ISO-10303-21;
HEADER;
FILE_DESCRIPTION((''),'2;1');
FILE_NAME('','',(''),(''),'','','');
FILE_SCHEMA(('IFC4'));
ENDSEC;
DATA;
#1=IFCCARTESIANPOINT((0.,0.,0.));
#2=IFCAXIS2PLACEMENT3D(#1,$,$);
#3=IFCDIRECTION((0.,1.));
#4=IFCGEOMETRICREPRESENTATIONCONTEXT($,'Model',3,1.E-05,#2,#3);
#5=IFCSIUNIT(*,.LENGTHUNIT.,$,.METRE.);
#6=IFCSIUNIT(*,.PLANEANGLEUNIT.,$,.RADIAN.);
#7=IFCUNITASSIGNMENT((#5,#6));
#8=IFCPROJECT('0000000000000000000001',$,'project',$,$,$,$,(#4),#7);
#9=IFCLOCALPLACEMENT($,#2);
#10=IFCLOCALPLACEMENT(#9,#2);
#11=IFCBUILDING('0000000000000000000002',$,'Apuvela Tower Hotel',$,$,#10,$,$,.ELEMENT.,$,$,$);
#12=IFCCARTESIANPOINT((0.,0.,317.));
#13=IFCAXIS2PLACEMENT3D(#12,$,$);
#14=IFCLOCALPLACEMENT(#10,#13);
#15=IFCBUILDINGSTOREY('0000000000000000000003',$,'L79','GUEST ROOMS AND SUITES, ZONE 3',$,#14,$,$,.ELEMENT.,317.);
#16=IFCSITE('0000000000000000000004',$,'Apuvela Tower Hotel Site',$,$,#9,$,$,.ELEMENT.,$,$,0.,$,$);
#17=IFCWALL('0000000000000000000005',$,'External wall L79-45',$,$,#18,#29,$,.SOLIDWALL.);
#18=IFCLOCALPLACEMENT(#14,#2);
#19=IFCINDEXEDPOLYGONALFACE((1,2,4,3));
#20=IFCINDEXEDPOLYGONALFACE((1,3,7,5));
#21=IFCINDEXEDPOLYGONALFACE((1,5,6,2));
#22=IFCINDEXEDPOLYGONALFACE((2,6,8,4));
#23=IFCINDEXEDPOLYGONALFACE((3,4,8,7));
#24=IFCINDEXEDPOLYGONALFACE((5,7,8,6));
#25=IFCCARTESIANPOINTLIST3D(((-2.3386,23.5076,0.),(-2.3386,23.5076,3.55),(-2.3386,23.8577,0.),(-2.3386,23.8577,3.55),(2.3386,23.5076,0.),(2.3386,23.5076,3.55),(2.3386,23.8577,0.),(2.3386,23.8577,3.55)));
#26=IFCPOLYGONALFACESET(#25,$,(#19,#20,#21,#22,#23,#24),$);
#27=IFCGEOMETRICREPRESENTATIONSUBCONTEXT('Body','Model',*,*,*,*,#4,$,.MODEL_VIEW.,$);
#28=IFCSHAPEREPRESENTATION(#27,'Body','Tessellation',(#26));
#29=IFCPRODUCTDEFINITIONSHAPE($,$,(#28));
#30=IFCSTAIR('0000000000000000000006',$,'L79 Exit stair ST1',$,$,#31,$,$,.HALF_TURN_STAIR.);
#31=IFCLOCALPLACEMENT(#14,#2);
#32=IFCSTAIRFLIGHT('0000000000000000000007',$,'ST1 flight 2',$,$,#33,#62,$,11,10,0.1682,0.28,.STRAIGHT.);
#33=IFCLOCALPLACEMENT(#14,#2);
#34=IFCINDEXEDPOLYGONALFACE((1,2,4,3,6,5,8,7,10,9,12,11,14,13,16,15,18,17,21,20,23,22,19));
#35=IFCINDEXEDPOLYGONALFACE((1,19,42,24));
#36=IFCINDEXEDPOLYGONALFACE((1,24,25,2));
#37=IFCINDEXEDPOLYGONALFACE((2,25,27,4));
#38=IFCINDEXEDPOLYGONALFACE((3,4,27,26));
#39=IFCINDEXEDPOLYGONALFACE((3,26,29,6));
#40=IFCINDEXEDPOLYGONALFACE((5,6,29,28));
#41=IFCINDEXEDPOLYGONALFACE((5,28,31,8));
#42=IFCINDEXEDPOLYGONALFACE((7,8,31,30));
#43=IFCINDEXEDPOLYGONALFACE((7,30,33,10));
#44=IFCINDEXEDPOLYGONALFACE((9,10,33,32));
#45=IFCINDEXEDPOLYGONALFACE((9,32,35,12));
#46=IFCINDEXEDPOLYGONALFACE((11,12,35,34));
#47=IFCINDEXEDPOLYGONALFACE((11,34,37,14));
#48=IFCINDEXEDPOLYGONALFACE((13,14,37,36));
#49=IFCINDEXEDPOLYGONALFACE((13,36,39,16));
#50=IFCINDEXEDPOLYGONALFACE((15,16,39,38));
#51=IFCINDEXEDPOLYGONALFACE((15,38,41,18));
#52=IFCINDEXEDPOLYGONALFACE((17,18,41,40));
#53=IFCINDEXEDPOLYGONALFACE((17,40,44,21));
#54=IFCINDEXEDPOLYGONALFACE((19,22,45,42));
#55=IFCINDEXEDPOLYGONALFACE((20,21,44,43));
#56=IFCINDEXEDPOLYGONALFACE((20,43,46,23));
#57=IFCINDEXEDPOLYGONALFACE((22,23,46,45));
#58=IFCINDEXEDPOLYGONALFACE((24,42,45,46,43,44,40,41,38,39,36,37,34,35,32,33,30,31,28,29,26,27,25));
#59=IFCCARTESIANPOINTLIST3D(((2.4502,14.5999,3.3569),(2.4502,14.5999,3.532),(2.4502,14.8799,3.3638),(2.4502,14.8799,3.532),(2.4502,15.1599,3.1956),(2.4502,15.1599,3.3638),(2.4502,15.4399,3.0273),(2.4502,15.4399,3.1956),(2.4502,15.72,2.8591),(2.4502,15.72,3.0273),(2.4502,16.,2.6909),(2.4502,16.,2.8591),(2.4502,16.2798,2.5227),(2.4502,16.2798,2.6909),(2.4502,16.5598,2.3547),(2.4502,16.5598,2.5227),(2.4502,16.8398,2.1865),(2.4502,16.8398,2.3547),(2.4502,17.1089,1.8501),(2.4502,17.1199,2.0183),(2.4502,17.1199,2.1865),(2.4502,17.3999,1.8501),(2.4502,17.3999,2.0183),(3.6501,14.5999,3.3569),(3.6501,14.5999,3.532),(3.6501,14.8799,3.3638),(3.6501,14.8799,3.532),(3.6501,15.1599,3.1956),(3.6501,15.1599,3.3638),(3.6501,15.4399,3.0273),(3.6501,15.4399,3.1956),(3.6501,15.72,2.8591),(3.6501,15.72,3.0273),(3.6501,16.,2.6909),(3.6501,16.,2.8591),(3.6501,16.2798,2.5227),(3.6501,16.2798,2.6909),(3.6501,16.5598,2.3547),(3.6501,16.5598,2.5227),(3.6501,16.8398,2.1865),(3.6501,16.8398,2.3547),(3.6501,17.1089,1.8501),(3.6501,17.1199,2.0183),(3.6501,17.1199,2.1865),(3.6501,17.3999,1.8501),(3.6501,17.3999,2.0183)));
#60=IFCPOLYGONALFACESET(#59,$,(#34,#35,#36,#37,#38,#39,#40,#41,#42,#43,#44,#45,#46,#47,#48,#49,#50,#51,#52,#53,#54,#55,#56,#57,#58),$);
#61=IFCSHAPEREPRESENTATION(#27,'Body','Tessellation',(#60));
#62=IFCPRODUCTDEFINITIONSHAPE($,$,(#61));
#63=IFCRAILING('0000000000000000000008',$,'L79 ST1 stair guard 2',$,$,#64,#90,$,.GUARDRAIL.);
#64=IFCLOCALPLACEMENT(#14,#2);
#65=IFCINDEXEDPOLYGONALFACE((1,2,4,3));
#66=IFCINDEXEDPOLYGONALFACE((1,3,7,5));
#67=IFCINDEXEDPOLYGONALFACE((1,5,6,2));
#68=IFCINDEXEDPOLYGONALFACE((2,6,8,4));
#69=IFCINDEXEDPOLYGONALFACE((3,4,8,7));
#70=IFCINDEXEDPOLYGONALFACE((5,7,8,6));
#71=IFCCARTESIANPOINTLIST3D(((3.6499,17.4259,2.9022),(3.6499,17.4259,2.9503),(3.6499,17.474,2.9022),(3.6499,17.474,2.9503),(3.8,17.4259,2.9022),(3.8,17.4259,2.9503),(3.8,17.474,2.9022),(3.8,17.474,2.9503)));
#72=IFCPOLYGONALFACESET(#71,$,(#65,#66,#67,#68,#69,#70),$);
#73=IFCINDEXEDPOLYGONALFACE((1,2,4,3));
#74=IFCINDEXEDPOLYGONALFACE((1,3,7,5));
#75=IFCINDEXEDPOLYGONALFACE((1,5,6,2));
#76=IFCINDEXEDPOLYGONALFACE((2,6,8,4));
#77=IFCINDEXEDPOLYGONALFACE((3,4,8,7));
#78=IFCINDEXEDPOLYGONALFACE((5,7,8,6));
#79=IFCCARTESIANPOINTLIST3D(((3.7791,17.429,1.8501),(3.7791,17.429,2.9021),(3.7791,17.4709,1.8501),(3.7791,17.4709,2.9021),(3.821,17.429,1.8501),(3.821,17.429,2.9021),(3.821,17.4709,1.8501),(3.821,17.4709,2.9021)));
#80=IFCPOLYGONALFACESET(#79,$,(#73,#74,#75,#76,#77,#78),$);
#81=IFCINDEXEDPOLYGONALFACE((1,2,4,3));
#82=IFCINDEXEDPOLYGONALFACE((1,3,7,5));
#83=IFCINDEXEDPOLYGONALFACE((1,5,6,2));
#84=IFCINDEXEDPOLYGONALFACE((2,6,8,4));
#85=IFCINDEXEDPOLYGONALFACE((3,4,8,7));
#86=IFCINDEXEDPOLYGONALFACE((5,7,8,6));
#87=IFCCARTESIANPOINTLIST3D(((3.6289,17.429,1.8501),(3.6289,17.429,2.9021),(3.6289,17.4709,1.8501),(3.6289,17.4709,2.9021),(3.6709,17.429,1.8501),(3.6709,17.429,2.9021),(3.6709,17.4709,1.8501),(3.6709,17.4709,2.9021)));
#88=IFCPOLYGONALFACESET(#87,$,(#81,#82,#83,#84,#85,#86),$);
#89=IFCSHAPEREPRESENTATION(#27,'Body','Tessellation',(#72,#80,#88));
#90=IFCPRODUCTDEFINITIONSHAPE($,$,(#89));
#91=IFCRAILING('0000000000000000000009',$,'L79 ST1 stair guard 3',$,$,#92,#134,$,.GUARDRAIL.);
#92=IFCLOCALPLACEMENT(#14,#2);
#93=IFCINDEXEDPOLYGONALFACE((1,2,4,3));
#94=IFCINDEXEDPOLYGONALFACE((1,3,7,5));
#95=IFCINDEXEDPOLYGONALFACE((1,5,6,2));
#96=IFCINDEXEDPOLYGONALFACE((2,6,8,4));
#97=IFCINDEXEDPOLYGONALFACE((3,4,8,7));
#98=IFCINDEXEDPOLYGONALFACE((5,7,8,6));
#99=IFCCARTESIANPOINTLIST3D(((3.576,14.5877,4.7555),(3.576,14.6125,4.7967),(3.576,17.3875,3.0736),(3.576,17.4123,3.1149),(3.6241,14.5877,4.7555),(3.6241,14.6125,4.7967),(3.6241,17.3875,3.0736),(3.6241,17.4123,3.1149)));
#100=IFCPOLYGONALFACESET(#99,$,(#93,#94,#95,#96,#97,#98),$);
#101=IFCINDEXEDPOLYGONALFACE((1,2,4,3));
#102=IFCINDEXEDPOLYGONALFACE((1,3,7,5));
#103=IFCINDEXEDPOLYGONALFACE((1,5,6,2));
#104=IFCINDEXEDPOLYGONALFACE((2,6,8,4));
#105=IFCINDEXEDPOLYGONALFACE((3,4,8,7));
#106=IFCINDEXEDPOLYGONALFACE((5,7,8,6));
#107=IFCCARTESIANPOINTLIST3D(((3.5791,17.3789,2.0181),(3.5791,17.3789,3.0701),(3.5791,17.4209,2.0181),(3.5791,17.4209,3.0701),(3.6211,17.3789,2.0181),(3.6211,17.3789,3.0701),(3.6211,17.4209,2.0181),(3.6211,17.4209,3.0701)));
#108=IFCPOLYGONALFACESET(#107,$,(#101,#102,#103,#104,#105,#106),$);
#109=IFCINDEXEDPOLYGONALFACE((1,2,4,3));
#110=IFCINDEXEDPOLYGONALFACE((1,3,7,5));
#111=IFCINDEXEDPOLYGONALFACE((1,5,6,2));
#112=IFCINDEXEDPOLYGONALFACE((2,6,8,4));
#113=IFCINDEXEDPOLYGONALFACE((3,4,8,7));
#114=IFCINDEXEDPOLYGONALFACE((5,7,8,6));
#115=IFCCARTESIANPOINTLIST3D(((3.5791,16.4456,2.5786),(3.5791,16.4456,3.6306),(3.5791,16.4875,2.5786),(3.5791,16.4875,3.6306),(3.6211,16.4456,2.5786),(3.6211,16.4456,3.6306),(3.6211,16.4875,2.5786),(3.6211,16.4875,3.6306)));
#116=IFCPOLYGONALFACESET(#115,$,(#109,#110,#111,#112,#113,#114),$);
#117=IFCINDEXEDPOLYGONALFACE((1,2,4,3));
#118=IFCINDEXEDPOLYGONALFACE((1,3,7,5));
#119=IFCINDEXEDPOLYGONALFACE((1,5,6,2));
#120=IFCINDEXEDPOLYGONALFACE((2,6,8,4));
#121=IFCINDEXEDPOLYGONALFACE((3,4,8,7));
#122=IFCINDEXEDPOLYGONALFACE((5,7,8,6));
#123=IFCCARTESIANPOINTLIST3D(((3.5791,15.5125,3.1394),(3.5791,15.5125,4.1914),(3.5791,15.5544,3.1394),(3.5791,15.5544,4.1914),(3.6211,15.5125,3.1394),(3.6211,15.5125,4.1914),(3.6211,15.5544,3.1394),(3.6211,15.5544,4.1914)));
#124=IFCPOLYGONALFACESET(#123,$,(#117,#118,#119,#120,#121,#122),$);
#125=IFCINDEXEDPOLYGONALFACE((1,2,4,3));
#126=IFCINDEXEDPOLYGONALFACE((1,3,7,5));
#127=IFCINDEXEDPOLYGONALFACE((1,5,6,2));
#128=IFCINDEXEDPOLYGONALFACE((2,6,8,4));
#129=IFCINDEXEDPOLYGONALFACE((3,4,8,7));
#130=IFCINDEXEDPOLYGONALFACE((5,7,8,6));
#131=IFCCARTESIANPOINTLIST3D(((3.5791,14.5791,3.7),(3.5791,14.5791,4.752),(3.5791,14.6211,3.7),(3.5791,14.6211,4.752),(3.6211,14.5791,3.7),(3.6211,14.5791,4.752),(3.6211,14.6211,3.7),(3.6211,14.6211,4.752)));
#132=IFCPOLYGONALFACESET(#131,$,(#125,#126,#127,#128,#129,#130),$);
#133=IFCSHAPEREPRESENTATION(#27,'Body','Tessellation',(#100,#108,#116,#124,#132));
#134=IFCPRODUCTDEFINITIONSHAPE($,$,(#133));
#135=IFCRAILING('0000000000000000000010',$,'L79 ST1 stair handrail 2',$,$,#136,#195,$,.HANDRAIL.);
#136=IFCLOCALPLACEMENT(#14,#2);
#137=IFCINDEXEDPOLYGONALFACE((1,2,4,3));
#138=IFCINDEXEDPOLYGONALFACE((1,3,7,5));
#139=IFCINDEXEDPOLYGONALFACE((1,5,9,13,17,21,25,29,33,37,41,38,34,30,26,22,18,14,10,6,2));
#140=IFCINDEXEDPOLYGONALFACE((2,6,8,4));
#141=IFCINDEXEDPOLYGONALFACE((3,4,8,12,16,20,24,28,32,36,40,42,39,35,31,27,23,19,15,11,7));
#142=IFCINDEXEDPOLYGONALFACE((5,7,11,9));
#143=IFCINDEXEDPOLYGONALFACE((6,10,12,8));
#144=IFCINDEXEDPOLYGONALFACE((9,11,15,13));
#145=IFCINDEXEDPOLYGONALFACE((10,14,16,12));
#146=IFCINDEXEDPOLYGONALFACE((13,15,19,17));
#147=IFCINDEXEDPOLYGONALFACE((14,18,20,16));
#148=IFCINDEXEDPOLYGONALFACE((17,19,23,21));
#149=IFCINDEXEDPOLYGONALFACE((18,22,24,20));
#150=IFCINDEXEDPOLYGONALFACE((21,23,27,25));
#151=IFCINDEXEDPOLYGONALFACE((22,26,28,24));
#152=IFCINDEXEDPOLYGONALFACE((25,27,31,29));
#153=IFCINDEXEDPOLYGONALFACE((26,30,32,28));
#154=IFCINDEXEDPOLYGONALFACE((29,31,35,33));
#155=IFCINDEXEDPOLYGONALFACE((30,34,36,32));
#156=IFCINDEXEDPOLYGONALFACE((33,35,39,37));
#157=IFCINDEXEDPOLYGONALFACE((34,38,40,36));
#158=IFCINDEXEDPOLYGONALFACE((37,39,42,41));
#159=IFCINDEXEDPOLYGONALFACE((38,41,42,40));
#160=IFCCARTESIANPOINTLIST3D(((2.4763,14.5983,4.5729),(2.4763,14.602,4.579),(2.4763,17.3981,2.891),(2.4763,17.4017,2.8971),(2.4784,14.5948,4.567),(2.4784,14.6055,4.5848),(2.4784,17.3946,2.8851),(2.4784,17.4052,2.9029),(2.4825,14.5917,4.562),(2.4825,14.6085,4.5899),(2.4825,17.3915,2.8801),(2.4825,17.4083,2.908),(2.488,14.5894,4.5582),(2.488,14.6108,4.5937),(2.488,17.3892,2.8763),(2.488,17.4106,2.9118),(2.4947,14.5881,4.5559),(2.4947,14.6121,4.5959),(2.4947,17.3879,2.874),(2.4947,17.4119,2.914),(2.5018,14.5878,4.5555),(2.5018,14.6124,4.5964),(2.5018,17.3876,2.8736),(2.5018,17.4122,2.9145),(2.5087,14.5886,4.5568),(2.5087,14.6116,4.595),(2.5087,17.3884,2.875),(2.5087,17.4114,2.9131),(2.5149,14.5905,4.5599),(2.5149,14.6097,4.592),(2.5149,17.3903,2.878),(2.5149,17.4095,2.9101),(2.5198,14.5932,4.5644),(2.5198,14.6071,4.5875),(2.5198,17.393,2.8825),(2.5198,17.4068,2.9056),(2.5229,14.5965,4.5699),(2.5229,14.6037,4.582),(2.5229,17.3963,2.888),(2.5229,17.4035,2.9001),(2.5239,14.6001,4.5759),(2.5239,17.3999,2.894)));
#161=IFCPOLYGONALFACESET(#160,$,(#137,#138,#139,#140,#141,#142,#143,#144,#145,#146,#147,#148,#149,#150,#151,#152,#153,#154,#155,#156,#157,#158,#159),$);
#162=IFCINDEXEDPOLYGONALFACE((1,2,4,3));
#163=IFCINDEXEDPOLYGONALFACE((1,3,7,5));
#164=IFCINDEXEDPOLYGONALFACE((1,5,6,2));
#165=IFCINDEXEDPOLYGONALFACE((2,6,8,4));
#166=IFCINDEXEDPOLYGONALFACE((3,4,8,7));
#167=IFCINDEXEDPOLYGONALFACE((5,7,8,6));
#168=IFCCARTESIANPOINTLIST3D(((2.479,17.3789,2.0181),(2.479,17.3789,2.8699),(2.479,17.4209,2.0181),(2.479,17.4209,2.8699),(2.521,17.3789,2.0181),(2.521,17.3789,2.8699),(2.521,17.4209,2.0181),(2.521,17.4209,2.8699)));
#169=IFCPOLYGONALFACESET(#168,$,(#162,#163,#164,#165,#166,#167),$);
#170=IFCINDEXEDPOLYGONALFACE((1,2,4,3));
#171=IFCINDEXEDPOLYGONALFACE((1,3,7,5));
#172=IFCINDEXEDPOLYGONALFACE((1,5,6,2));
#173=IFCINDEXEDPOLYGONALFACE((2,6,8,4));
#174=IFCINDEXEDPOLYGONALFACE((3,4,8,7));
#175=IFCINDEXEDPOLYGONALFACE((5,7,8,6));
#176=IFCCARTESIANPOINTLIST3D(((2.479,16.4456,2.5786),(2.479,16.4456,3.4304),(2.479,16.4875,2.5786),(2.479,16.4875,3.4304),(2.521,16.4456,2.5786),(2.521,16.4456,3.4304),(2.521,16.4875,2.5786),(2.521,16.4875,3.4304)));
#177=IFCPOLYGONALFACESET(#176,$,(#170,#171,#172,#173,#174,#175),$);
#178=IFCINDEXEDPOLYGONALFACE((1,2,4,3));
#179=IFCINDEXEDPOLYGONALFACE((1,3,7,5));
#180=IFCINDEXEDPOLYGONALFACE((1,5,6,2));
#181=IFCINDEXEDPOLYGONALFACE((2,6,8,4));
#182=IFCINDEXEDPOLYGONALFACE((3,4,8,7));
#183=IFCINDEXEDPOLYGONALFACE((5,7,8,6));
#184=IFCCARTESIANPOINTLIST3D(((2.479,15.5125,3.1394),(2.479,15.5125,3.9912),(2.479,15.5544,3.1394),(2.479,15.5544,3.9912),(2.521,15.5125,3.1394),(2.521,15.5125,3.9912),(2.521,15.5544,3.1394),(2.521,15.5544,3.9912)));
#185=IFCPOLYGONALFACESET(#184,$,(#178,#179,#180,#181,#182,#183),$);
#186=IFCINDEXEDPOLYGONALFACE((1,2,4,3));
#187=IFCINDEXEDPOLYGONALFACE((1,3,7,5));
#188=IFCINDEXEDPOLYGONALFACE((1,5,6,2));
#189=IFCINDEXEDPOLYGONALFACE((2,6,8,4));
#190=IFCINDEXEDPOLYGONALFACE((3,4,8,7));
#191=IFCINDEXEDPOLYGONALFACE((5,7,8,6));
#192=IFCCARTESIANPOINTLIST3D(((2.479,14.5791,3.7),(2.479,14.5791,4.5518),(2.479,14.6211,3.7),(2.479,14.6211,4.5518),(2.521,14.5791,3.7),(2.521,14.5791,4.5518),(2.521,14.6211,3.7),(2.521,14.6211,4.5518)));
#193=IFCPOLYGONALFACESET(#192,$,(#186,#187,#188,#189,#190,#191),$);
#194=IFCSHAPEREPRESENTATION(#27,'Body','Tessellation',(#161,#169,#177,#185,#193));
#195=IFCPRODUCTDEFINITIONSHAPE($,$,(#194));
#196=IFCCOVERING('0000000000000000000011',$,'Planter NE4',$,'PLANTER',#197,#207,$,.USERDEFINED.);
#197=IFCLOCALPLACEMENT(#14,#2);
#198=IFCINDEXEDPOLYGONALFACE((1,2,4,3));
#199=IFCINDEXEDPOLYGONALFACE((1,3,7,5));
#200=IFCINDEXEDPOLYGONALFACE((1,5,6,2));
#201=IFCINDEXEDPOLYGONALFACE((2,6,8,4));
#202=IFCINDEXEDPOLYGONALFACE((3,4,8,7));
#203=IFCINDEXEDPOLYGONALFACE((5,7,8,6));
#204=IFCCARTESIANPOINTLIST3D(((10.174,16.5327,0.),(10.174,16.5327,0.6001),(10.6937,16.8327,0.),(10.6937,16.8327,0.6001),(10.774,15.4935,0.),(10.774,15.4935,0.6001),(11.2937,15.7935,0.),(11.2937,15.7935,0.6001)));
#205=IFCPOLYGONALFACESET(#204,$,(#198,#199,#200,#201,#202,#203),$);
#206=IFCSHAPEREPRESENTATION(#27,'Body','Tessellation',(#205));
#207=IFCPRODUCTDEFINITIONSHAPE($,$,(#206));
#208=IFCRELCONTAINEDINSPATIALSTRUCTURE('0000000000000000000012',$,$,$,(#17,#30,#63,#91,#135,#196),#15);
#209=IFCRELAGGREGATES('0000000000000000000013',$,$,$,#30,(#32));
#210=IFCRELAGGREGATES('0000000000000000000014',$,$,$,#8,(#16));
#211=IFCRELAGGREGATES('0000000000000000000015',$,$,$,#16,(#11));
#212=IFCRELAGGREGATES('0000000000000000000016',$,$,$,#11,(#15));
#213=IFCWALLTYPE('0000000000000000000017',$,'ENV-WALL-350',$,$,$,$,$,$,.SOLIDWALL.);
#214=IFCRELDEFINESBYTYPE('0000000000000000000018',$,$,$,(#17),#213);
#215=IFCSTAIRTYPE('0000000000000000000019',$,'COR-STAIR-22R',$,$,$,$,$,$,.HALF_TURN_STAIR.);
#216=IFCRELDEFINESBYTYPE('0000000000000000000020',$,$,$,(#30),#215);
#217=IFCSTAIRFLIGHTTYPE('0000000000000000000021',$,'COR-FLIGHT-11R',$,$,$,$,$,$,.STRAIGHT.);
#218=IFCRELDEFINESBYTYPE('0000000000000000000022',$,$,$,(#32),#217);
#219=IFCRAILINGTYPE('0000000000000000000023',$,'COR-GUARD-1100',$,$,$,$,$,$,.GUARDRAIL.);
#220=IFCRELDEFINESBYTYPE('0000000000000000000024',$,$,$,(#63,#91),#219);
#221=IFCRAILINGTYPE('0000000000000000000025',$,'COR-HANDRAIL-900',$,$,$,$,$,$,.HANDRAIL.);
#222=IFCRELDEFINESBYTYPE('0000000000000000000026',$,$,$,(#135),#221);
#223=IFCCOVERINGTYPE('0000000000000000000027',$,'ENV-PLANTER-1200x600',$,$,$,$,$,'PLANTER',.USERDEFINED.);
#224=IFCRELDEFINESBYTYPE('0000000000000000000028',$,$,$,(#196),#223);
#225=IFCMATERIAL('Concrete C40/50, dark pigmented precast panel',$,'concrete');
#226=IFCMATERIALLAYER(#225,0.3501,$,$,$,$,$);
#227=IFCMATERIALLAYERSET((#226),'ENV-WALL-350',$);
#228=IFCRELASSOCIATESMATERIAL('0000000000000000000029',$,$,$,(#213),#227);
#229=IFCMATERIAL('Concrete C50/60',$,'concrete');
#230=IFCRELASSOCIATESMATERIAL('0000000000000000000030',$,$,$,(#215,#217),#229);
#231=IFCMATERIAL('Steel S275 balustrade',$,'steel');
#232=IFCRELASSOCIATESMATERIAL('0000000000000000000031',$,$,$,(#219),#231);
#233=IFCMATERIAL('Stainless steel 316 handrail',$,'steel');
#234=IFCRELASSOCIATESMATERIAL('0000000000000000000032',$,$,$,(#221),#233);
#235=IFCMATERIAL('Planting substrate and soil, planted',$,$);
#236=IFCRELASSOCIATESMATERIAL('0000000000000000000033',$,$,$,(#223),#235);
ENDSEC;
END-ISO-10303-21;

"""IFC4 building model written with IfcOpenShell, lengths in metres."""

from ifc_helpers import new_model, si_unit, direction, frame, frame_2d, origin, origin_2d, place, context, subcontext, project, spatial, polyline, rectangle, circle, outline, extrude, material, layer, layer_set, type_object, element, aggregate, save


model = new_model("IFC4")

# Units and contexts
model_context = context("Model", 3, precision=1e-05, world=origin(), true_north=direction((0.0, 1.0)))
body_context = subcontext(model_context, "Body", "Model", "MODEL_VIEW")
ifc_project = project(units=[si_unit("LENGTHUNIT", "METRE"), si_unit("PLANEANGLEUNIT", "RADIAN")], contexts=[model_context])

# Site, building, storey
site_placement = place(None, origin())
site = spatial("IfcSite", under=ifc_project, at=site_placement, Name="Apuvela Tower Hotel Site", CompositionType="ELEMENT", RefElevation=0.0)
building_placement = place(site_placement, origin())
building = spatial("IfcBuilding", under=site, at=building_placement, Name="Apuvela Tower Hotel", CompositionType="ELEMENT")
storey_placement = place(building_placement, frame((0.0, 0.0, 317.0)))
storey = spatial("IfcBuildingStorey", under=building, at=storey_placement, Name="L79", Description="GUEST ROOMS AND SUITES, ZONE 3", CompositionType="ELEMENT", Elevation=317.0)

# Shared definitions
ifc_material_1 = material(Name="Concrete C50/60", Category="concrete")
ifc_material_2 = material(Name="Concrete C40/50, dark pigmented precast panel", Category="concrete")
ifc_layer_1 = layer(ifc_material_2, 0.3501)
ifc_layer_set_1 = layer_set([ifc_layer_1], Name="ENV-WALL-350")
wall_type_1 = type_object("IfcWallType", Name="ENV-WALL-350", PredefinedType="SOLIDWALL", material=ifc_layer_set_1)

# Wall
wall_1_placement = place(storey_placement, frame((2.3386, 23.6826, 0.0), z_axis=(0.0, 0.0, 1.0), x_axis=(-1.0, 0.0, 0.0)))
element("IfcWall", 1, at=wall_1_placement, inside=storey, type_object=wall_type_1, Name="External wall L79-45", PredefinedType="SOLIDWALL", context=body_context, shape_type="SweptSolid", body=[
    extrude(rectangle(XDim=4.6772, YDim=0.3501, at=frame_2d((2.3386, 0.0))), origin(), (0.0, 0.0, 1.0), 3.55),
])

# Stair, stair flight
stair_type = type_object("IfcStairType", Name="COR-STAIR-22R", PredefinedType="HALF_TURN_STAIR", material=ifc_material_1)
stair_placement = place(storey_placement, origin())
stair = element("IfcStair", 2, at=stair_placement, inside=storey, type_object=stair_type, Name="L79 Exit stair ST1", PredefinedType="HALF_TURN_STAIR")
stair_flight_type = type_object("IfcStairFlightType", Name="COR-FLIGHT-11R", PredefinedType="STRAIGHT", material=ifc_material_1)
stair_flight_placement = place(storey_placement, frame((3.05, 17.3999, 1.8501), z_axis=(0.0, 0.0, 1.0), x_axis=(0.0, -1.0, 0.0)))
stair_flight = element("IfcStairFlight", 3, at=stair_flight_placement, type_object=stair_flight_type, Name="ST1 flight 2", NumberOfRisers=11, NumberOfTreads=10, PredefinedType="STRAIGHT", RiserHeight=0.1682, TreadLength=0.28, context=body_context, shape_type="SweptSolid", body=[
    extrude(outline(polyline([(0.0, 0.0), (0.0, 0.1682), (0.28, 0.1682), (0.28, 0.3364), (0.5601, 0.3364), (0.5601, 0.5046), (0.8401, 0.5046), (0.8401, 0.6726), (1.1201, 0.6726), (1.1201, 0.8408), (1.3999, 0.8408), (1.3999, 1.009), (1.6799, 1.009), (1.6799, 1.1772), (1.96, 1.1772), (1.96, 1.3455), (2.24, 1.3455), (2.24, 1.5137), (2.52, 1.5137), (2.52, 1.6819), (2.8, 1.6819), (2.8, 1.8501), (2.8, 1.5068), (0.291, 0.0), (0.0, 0.0)])), frame((0.0, 0.6001, 0.0), z_axis=(0.0, -1.0, 0.0), x_axis=(1.0, 0.0, 0.0)), (0.0, 0.0, 1.0), 1.2),
])
aggregate(stair, [stair_flight])

# Railings
ifc_material_3 = material(Name="Steel S275 balustrade", Category="steel")
railing_type_1 = type_object("IfcRailingType", Name="COR-GUARD-1100", PredefinedType="GUARDRAIL", material=ifc_material_3)
railing_1_placement = place(storey_placement, frame((3.8, 17.45, 1.8501)))
element("IfcRailing", 4, at=railing_1_placement, inside=storey, type_object=railing_type_1, Name="L79 ST1 stair guard 2", PredefinedType="GUARDRAIL", context=body_context, shape_type="SweptSolid", body=[
    extrude(rectangle(XDim=0.0481, YDim=0.0481, at=origin_2d()), frame((0.0, 0.0, 1.0762), z_axis=(-1.0, 0.0, 0.0), x_axis=(0.0, -1.0, 0.0)), (0.0, 0.0, 1.0), 0.1501),
    extrude(rectangle(XDim=0.042, YDim=0.042, at=origin_2d()), origin(), (0.0, 0.0, 1.0), 1.052),
    extrude(rectangle(XDim=0.042, YDim=0.042, at=origin_2d()), frame((-0.1501, 0.0, 0.0)), (0.0, 0.0, 1.0), 1.052),
])
railing_2_placement = place(storey_placement, frame((3.6001, 17.3999, 2.0181)))
element("IfcRailing", 5, at=railing_2_placement, inside=storey, type_object=railing_type_1, Name="L79 ST1 stair guard 3", PredefinedType="GUARDRAIL", context=body_context, shape_type="SweptSolid", body=[
    extrude(rectangle(XDim=0.0481, YDim=0.0481, at=origin_2d()), frame((0.0, 0.0, 1.0762), z_axis=(0.0, -0.857222, 0.514946), x_axis=(1.0, 0.0, 0.0)), (0.0, 0.0, 1.0), 3.2661),
    extrude(rectangle(XDim=0.042, YDim=0.042, at=origin_2d()), origin(), (0.0, 0.0, 1.0), 1.052),
    extrude(rectangle(XDim=0.042, YDim=0.042, at=origin_2d()), frame((0.0, -0.9333, 0.5605)), (0.0, 0.0, 1.0), 1.052),
    extrude(rectangle(XDim=0.042, YDim=0.042, at=origin_2d()), frame((0.0, -1.8665, 1.1213)), (0.0, 0.0, 1.0), 1.052),
    extrude(rectangle(XDim=0.042, YDim=0.042, at=origin_2d()), frame((0.0, -2.7998, 1.6819)), (0.0, 0.0, 1.0), 1.052),
])
ifc_material_4 = material(Name="Stainless steel 316 handrail", Category="steel")
railing_type_2 = type_object("IfcRailingType", Name="COR-HANDRAIL-900", PredefinedType="HANDRAIL", material=ifc_material_4)
railing_3_placement = place(storey_placement, frame((2.5, 17.3999, 2.0181)))
element("IfcRailing", 6, at=railing_3_placement, inside=storey, type_object=railing_type_2, Name="L79 ST1 stair handrail 2", PredefinedType="HANDRAIL", context=body_context, shape_type="SweptSolid", body=[
    extrude(circle(Radius=0.0239, at=origin_2d()), frame((0.0, 0.0, 0.876), z_axis=(0.0, -0.857222, 0.514946), x_axis=(1.0, 0.0, 0.0)), (0.0, 0.0, 1.0), 3.2661),
    extrude(rectangle(XDim=0.042, YDim=0.042, at=origin_2d()), origin(), (0.0, 0.0, 1.0), 0.8518),
    extrude(rectangle(XDim=0.042, YDim=0.042, at=origin_2d()), frame((0.0, -0.9333, 0.5605)), (0.0, 0.0, 1.0), 0.8518),
    extrude(rectangle(XDim=0.042, YDim=0.042, at=origin_2d()), frame((0.0, -1.8665, 1.1213)), (0.0, 0.0, 1.0), 0.8518),
    extrude(rectangle(XDim=0.042, YDim=0.042, at=origin_2d()), frame((0.0, -2.7998, 1.6819)), (0.0, 0.0, 1.0), 0.8518),
])

# Covering
ifc_material_5 = material(Name="Planting substrate and soil, planted")
covering_type = type_object("IfcCoveringType", Name="ENV-PLANTER-1200x600", ElementType="PLANTER", PredefinedType="USERDEFINED", material=ifc_material_5)
covering_placement = place(storey_placement, frame((10.7339, 16.1631, 0.0), z_axis=(0.0, 0.0, 1.0), x_axis=(-0.5, 0.866025, 0.0)))
element("IfcCovering", 7, at=covering_placement, inside=storey, type_object=covering_type, Name="Planter NE4", ObjectType="PLANTER", PredefinedType="USERDEFINED", context=body_context, shape_type="SweptSolid", body=[
    extrude(rectangle(XDim=1.2, YDim=0.6001, at=origin_2d()), origin(), (0.0, 0.0, 1.0), 0.6001),
])

save(model, "model.ifc")
